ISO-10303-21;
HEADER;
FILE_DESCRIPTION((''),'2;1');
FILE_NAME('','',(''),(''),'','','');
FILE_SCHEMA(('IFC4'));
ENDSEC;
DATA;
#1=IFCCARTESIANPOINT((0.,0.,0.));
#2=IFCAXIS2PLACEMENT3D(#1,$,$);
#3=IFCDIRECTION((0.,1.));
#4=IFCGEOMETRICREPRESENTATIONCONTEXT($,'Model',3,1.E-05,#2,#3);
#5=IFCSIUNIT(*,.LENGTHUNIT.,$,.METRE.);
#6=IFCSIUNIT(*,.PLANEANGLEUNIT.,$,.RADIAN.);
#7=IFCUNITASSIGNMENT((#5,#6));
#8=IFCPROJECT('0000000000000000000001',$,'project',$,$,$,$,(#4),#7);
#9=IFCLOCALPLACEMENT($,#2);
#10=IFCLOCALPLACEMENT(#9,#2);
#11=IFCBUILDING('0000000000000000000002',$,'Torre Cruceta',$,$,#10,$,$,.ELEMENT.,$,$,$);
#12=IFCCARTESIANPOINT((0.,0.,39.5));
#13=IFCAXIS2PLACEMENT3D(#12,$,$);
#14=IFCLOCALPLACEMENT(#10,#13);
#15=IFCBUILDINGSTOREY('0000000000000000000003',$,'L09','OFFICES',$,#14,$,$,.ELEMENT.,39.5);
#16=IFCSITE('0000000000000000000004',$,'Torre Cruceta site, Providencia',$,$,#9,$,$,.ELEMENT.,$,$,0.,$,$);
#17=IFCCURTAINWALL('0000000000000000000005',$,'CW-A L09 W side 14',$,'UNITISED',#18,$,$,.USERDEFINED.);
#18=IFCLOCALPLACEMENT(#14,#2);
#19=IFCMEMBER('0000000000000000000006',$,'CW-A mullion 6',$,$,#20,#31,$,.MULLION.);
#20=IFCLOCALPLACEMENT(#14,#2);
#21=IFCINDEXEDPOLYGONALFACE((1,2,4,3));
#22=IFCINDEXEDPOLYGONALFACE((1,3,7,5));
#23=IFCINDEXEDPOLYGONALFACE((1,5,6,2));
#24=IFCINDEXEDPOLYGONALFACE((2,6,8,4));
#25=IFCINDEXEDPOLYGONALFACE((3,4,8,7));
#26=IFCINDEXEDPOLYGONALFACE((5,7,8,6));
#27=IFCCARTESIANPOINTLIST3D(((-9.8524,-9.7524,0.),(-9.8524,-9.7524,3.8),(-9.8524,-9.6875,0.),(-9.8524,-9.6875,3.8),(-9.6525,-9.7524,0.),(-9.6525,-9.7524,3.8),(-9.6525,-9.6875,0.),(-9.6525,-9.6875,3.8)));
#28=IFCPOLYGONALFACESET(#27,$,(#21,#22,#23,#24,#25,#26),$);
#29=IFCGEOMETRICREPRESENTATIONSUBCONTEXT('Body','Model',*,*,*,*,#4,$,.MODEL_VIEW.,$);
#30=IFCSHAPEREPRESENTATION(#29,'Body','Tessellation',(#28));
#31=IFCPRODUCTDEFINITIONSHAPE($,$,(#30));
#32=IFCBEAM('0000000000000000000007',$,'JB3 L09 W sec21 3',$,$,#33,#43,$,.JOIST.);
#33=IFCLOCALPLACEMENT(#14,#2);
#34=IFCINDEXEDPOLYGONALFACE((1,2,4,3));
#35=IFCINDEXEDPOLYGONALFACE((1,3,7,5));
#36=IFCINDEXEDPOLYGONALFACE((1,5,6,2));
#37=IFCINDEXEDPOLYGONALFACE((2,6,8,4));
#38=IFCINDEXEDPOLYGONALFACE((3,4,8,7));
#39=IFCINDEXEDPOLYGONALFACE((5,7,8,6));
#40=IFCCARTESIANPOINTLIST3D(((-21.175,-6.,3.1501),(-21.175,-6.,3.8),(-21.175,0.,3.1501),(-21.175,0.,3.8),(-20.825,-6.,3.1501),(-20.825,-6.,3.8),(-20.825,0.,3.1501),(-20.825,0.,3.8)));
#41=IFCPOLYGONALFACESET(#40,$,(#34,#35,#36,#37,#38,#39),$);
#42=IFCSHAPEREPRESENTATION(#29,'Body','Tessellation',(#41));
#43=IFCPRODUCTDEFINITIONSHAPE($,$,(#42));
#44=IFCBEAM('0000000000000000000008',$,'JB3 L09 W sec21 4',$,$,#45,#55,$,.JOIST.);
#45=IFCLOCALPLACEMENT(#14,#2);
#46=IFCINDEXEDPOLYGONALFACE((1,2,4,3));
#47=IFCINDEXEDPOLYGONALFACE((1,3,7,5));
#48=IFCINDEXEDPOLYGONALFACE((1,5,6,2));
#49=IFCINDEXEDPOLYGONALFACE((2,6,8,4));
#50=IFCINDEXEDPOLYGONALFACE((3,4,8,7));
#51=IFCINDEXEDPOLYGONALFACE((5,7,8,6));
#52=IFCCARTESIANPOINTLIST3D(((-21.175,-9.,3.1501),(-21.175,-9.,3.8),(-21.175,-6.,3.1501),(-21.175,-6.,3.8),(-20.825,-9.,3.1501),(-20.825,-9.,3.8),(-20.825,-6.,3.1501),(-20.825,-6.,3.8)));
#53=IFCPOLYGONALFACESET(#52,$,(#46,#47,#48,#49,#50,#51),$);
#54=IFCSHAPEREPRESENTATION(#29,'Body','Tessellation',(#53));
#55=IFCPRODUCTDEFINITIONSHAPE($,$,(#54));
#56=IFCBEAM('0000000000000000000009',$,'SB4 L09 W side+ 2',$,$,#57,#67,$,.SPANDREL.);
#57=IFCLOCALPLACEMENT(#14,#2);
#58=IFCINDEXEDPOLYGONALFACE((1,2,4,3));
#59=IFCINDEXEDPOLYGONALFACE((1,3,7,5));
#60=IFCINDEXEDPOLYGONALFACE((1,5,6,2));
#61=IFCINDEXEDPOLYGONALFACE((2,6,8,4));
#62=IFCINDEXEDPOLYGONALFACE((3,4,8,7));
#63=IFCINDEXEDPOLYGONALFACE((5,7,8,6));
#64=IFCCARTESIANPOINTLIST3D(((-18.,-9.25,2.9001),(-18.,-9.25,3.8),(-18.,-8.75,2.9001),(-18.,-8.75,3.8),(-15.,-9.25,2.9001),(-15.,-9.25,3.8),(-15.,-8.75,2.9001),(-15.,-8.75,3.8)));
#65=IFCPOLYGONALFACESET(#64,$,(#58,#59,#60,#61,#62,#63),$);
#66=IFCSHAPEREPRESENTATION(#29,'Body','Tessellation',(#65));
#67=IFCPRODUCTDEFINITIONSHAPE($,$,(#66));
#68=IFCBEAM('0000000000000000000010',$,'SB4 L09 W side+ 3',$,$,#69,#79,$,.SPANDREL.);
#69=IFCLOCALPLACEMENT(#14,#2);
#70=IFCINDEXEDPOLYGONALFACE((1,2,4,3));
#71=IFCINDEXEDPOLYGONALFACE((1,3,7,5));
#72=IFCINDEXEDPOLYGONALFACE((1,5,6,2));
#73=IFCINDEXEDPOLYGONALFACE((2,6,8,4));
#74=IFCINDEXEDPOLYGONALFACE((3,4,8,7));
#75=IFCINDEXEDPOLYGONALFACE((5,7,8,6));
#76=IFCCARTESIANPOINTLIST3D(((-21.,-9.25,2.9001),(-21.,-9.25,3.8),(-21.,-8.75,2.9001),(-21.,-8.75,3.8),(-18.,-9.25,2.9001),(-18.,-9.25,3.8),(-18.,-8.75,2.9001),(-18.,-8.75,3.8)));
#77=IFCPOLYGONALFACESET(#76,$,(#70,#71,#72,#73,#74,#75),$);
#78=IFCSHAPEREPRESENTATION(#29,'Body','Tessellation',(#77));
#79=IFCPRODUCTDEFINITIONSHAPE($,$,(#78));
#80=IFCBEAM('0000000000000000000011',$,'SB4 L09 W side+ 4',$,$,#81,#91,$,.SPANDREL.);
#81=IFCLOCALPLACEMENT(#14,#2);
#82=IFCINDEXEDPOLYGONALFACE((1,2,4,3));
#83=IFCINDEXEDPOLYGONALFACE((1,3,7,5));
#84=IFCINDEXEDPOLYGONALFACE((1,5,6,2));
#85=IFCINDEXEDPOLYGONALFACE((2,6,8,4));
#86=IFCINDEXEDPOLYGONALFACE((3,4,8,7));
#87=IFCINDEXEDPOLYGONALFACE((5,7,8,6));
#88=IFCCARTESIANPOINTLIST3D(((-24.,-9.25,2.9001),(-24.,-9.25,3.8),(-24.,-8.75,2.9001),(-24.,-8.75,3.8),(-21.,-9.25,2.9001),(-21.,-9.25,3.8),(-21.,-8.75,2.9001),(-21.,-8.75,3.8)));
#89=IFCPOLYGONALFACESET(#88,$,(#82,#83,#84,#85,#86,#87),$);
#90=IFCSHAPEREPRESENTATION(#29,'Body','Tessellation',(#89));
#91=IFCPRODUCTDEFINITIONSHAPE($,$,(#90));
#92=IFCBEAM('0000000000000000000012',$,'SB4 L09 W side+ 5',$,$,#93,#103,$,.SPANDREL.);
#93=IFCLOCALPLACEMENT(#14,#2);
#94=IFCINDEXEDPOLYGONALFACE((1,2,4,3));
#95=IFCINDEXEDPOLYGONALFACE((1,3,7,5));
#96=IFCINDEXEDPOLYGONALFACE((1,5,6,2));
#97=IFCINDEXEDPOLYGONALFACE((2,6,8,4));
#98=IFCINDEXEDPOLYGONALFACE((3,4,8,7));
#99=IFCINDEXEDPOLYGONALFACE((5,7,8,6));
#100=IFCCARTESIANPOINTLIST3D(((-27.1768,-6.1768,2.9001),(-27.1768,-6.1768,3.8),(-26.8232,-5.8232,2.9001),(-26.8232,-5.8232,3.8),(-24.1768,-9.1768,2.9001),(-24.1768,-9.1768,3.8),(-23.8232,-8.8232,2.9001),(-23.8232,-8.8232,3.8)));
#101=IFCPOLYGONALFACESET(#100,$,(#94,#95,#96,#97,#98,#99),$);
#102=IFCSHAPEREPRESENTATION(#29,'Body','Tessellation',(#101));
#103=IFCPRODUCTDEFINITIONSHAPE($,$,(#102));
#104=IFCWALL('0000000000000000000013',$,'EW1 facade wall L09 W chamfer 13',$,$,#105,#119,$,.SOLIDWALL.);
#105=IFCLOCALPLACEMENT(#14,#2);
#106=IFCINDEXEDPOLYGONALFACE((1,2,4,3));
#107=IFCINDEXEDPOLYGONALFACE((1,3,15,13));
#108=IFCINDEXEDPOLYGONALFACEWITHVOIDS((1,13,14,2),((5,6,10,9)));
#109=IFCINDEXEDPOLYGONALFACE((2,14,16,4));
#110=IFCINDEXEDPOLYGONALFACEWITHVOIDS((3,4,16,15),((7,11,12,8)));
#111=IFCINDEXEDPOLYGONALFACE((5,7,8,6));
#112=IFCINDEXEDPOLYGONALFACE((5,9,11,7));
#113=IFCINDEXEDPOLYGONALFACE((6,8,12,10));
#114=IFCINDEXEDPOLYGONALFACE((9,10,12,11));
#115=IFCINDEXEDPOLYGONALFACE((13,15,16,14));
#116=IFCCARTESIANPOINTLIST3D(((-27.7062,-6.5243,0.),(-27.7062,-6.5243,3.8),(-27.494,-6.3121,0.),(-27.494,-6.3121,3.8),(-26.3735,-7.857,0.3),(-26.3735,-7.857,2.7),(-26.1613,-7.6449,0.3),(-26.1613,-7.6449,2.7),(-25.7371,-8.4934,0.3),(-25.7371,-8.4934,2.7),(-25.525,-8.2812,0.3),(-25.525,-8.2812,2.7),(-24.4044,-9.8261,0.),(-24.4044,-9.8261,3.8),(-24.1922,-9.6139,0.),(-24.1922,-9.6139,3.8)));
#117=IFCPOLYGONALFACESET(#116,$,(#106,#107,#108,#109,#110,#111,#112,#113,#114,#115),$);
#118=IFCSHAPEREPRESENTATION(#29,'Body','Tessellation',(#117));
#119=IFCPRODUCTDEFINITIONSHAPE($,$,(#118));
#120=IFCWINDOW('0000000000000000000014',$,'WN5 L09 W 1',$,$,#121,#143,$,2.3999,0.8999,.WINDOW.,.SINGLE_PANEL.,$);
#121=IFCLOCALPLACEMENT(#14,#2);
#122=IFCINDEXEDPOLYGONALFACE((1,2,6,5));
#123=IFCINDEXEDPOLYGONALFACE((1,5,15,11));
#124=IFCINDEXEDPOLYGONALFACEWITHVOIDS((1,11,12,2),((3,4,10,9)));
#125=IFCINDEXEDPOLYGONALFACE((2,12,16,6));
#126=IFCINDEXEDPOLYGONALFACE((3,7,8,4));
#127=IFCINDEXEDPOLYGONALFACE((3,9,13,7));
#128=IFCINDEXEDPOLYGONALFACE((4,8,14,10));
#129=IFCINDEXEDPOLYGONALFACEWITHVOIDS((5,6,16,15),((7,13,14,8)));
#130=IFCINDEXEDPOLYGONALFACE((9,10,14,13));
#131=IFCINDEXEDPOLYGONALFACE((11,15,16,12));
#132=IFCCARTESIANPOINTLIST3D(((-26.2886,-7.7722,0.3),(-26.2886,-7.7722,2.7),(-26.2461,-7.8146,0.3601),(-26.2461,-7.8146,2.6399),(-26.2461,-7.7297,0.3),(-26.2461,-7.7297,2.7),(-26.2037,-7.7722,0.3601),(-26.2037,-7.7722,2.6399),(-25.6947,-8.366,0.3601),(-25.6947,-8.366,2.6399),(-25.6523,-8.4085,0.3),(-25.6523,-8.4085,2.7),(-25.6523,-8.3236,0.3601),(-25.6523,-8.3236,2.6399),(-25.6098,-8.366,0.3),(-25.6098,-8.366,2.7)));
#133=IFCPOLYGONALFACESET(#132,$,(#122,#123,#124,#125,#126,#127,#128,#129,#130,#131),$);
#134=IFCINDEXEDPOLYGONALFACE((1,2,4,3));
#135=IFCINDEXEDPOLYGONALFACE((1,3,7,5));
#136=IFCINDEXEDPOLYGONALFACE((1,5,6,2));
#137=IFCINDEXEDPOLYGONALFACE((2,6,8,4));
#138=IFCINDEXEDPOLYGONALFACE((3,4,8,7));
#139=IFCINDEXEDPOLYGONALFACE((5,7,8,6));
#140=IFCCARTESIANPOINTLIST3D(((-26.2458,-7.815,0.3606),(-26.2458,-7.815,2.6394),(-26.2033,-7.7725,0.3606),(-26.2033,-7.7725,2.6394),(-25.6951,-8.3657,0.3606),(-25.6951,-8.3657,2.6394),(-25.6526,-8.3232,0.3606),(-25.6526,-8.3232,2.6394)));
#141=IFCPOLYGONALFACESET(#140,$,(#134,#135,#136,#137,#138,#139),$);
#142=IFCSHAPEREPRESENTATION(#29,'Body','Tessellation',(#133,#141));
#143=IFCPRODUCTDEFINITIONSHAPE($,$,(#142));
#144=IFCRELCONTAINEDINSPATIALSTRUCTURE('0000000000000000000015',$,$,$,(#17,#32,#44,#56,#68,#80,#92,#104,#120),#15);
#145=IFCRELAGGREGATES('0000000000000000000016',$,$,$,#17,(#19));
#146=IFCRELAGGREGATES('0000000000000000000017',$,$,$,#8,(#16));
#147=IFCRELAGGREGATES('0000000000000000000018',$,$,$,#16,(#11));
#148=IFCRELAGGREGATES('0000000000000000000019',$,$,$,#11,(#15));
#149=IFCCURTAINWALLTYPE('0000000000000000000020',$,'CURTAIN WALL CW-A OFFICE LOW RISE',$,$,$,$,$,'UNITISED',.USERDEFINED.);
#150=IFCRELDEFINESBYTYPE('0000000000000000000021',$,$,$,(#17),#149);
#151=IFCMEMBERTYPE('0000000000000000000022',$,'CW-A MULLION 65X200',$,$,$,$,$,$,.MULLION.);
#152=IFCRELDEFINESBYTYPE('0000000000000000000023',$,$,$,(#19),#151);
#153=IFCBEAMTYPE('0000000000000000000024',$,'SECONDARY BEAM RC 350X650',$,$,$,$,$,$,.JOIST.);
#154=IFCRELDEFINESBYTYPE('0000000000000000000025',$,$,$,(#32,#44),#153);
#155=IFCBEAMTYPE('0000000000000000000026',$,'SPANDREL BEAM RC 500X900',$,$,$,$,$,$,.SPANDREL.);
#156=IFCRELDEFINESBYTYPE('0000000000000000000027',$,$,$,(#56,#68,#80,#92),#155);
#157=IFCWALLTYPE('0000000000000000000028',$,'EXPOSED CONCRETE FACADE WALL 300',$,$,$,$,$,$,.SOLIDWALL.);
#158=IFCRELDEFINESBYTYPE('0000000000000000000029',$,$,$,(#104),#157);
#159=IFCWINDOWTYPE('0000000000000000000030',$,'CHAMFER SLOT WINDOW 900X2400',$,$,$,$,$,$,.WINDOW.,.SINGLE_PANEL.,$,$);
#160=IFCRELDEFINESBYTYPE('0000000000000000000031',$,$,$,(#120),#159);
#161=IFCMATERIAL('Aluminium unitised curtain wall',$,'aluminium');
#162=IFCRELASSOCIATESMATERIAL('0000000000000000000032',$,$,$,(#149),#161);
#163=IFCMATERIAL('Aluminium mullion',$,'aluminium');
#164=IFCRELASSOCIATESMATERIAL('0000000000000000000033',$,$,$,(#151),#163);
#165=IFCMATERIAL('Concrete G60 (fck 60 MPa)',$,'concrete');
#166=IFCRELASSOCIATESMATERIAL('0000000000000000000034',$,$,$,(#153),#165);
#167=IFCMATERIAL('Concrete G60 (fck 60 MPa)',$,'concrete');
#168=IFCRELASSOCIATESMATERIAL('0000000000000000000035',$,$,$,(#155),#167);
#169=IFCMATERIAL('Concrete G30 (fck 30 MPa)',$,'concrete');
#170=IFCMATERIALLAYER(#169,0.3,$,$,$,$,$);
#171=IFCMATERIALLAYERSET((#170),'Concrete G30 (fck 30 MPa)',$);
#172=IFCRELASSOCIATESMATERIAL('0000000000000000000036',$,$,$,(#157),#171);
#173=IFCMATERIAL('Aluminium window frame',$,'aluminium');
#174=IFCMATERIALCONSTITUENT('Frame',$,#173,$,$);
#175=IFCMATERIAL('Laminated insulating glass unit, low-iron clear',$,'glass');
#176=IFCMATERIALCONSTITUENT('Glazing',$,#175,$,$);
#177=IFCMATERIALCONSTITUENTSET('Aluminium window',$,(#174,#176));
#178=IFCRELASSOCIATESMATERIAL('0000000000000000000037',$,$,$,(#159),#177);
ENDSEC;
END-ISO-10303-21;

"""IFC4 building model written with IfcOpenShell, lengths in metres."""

from ifc_helpers import new_model, si_unit, direction, frame, frame_2d, origin, origin_2d, place, context, subcontext, project, spatial, rectangle, hollow_rectangle, extrude, material, layer, layer_set, constituent, constituent_set, material_profile, profile_set, type_object, element, fill, aggregate, save


model = new_model("IFC4")

# Units and contexts
model_context = context("Model", 3, precision=1e-05, world=origin(), true_north=direction((0.0, 1.0)))
body_context = subcontext(model_context, "Body", "Model", "MODEL_VIEW")
ifc_project = project(units=[si_unit("LENGTHUNIT", "METRE"), si_unit("PLANEANGLEUNIT", "RADIAN")], contexts=[model_context])

# Site, building, storey
site_placement = place(None, origin())
site = spatial("IfcSite", under=ifc_project, at=site_placement, Name="Torre Cruceta site, Providencia", CompositionType="ELEMENT", RefElevation=0.0)
building_placement = place(site_placement, origin())
building = spatial("IfcBuilding", under=site, at=building_placement, Name="Torre Cruceta", CompositionType="ELEMENT")
storey_placement = place(building_placement, frame((0.0, 0.0, 39.5)))
storey = spatial("IfcBuildingStorey", under=building, at=storey_placement, Name="L09", Description="OFFICES", CompositionType="ELEMENT", Elevation=39.5)

# Curtain wall, member
ifc_material_1 = material(Name="Aluminium unitised curtain wall", Category="aluminium")
curtain_wall_type = type_object("IfcCurtainWallType", Name="CURTAIN WALL CW-A OFFICE LOW RISE", ElementType="UNITISED", PredefinedType="USERDEFINED", material=ifc_material_1)
curtain_wall_placement = place(storey_placement, origin())
curtain_wall = element("IfcCurtainWall", 1, at=curtain_wall_placement, inside=storey, type_object=curtain_wall_type, Name="CW-A L09 W side 14", ObjectType="UNITISED", PredefinedType="USERDEFINED")
ifc_material_2 = material(Name="Aluminium mullion", Category="aluminium")
ifc_material_profile_1 = material_profile(ifc_material_2, rectangle(XDim=0.0649, YDim=0.2, at=origin_2d()), Name="AL 65X200")
ifc_profile_set_1 = profile_set([ifc_material_profile_1], Name="Aluminium mullion")
member_type = type_object("IfcMemberType", Name="CW-A MULLION 65X200", PredefinedType="MULLION", material=ifc_profile_set_1)
member_placement = place(storey_placement, frame((-9.7524, -9.72, 0.0), z_axis=(0.0, 0.0, 1.0), x_axis=(0.0, 1.0, 0.0)))
member = element("IfcMember", 2, at=member_placement, type_object=member_type, Name="CW-A mullion 6", PredefinedType="MULLION", context=body_context, shape_type="SweptSolid", body=[
    extrude(rectangle(XDim=0.0649, YDim=0.2, at=origin_2d()), origin(), (0.0, 0.0, 1.0), 3.8),
])
aggregate(curtain_wall, [member])

# Beams
ifc_material_3 = material(Name="Concrete G60 (fck 60 MPa)", Category="concrete")
ifc_material_profile_2 = material_profile(ifc_material_3, rectangle(XDim=0.3501, YDim=0.6499, at=origin_2d()), Name="RC 350X650")
ifc_profile_set_2 = profile_set([ifc_material_profile_2], Name="Concrete G60 (fck 60 MPa)")
beam_type_1 = type_object("IfcBeamType", Name="SECONDARY BEAM RC 350X650", PredefinedType="JOIST", material=ifc_profile_set_2)
beam_1_placement = place(storey_placement, frame((-21.0, 0.0, 3.4751), z_axis=(0.0, -1.0, 0.0), x_axis=(1.0, 0.0, 0.0)))
element("IfcBeam", 3, at=beam_1_placement, inside=storey, type_object=beam_type_1, Name="JB3 L09 W sec21 3", PredefinedType="JOIST", context=body_context, shape_type="SweptSolid", body=[
    extrude(rectangle(XDim=0.3501, YDim=0.6499, at=origin_2d()), origin(), (0.0, 0.0, 1.0), 6.0),
])
beam_2_placement = place(storey_placement, frame((-21.0, -6.0, 3.4751), z_axis=(0.0, -1.0, 0.0), x_axis=(1.0, 0.0, 0.0)))
element("IfcBeam", 4, at=beam_2_placement, inside=storey, type_object=beam_type_1, Name="JB3 L09 W sec21 4", PredefinedType="JOIST", context=body_context, shape_type="SweptSolid", body=[
    extrude(rectangle(XDim=0.3501, YDim=0.6499, at=origin_2d()), origin(), (0.0, 0.0, 1.0), 3.0),
])
ifc_material_4 = material(Name="Concrete G60 (fck 60 MPa)", Category="concrete")
ifc_material_profile_3 = material_profile(ifc_material_4, rectangle(XDim=0.5, YDim=0.8999, at=origin_2d()), Name="RC 500X900")
ifc_profile_set_3 = profile_set([ifc_material_profile_3], Name="Concrete G60 (fck 60 MPa)")
beam_type_2 = type_object("IfcBeamType", Name="SPANDREL BEAM RC 500X900", PredefinedType="SPANDREL", material=ifc_profile_set_3)
for number, where, z_axis, x_axis, name in (
    (5, (-15.0, -9.0, 3.3501), (-1.0, 0.0, 0.0), (0.0, -1.0, 0.0), "SB4 L09 W side+ 2"),
    (6, (-18.0, -9.0, 3.3501), (-1.0, 0.0, 0.0), (0.0, -1.0, 0.0), "SB4 L09 W side+ 3"),
    (7, (-21.0, -9.0, 3.3501), (-1.0, 0.0, 0.0), (0.0, -1.0, 0.0), "SB4 L09 W side+ 4"),
):
    element("IfcBeam", number, at=place(storey_placement, frame(where, z_axis=z_axis, x_axis=x_axis)), inside=storey, type_object=beam_type_2, Name=name, PredefinedType="SPANDREL", context=body_context, shape_type="SweptSolid", body=[
        extrude(rectangle(XDim=0.5, YDim=0.8999, at=origin_2d()), origin(), (0.0, 0.0, 1.0), 3.0),
    ])
beam_3_placement = place(storey_placement, frame((-24.0, -9.0, 3.3501), z_axis=(-0.707107, 0.707107, 0.0), x_axis=(-0.707107, -0.707107, 0.0)))
element("IfcBeam", 8, at=beam_3_placement, inside=storey, type_object=beam_type_2, Name="SB4 L09 W side+ 5", PredefinedType="SPANDREL", context=body_context, shape_type="SweptSolid", body=[
    extrude(rectangle(XDim=0.5, YDim=0.8999, at=origin_2d()), origin(), (0.0, 0.0, 1.0), 4.2427),
])

# Wall, opening, window
ifc_material_5 = material(Name="Concrete G30 (fck 30 MPa)", Category="concrete")
ifc_layer_1 = layer(ifc_material_5, 0.3)
ifc_layer_set_1 = layer_set([ifc_layer_1], Name="Concrete G30 (fck 30 MPa)")
wall_type_1 = type_object("IfcWallType", Name="EXPOSED CONCRETE FACADE WALL 300", PredefinedType="SOLIDWALL", material=ifc_layer_set_1)
wall_1_placement = place(storey_placement, frame((-27.6001, -6.4182, 0.0), z_axis=(0.0, 0.0, 1.0), x_axis=(0.707107, -0.707107, 0.0)))
wall_1 = element("IfcWall", 9, at=wall_1_placement, inside=storey, type_object=wall_type_1, Name="EW1 facade wall L09 W chamfer 13", PredefinedType="SOLIDWALL", context=body_context, shape_type="SweptSolid", body=[
    extrude(rectangle(XDim=4.6694, YDim=0.3, at=frame_2d((2.3347, 0.0))), origin(), (0.0, 0.0, 1.0), 3.8),
])
opening_1_placement = place(wall_1_placement, frame((1.8848, 0.0, 0.3)))
opening_1 = element("IfcOpeningElement", 10, at=opening_1_placement, cuts=wall_1, PredefinedType="OPENING", context=body_context, shape_type="SweptSolid", body=[
    extrude(rectangle(XDim=0.8999, YDim=2.3999, at=frame_2d((0.45, 1.2))), frame((0.0, 0.1599, 0.0), z_axis=(0.0, -1.0, 0.0), x_axis=(1.0, 0.0, 0.0)), (0.0, 0.0, 1.0), 0.3201),
])
ifc_material_6 = material(Name="Aluminium window frame", Category="aluminium")
ifc_constituent_1 = constituent(ifc_material_6, Name="Frame")
ifc_material_7 = material(Name="Laminated insulating glass unit, low-iron clear", Category="glass")
ifc_constituent_2 = constituent(ifc_material_7, Name="Glazing")
ifc_constituent_set_1 = constituent_set(constituents=[ifc_constituent_1, ifc_constituent_2], Name="Aluminium window")
window_type = type_object("IfcWindowType", Name="CHAMFER SLOT WINDOW 900X2400", PartitioningType="SINGLE_PANEL", PredefinedType="WINDOW", material=ifc_constituent_set_1)
window_placement = place(opening_1_placement, origin())
window = element("IfcWindow", 11, at=window_placement, inside=storey, type_object=window_type, Name="WN5 L09 W 1", OverallHeight=2.3999, OverallWidth=0.8999, PartitioningType="SINGLE_PANEL", PredefinedType="WINDOW", context=body_context, shape_type="SweptSolid", body=[
    extrude(hollow_rectangle(XDim=0.8999, YDim=2.3999, WallThickness=0.0601, at=frame_2d((0.45, 1.2))), frame((0.0, 0.03, 0.0), z_axis=(0.0, -1.0, 0.0), x_axis=(1.0, 0.0, 0.0)), (0.0, 0.0, 1.0), 0.0601),
    extrude(rectangle(XDim=0.7788, YDim=2.2788, at=frame_2d((0.45, 1.2))), frame((0.0, 0.03, 0.0), z_axis=(0.0, -1.0, 0.0), x_axis=(1.0, 0.0, 0.0)), (0.0, 0.0, 1.0), 0.0601),
])
fill(opening_1, window)

save(model, "model.ifc")
